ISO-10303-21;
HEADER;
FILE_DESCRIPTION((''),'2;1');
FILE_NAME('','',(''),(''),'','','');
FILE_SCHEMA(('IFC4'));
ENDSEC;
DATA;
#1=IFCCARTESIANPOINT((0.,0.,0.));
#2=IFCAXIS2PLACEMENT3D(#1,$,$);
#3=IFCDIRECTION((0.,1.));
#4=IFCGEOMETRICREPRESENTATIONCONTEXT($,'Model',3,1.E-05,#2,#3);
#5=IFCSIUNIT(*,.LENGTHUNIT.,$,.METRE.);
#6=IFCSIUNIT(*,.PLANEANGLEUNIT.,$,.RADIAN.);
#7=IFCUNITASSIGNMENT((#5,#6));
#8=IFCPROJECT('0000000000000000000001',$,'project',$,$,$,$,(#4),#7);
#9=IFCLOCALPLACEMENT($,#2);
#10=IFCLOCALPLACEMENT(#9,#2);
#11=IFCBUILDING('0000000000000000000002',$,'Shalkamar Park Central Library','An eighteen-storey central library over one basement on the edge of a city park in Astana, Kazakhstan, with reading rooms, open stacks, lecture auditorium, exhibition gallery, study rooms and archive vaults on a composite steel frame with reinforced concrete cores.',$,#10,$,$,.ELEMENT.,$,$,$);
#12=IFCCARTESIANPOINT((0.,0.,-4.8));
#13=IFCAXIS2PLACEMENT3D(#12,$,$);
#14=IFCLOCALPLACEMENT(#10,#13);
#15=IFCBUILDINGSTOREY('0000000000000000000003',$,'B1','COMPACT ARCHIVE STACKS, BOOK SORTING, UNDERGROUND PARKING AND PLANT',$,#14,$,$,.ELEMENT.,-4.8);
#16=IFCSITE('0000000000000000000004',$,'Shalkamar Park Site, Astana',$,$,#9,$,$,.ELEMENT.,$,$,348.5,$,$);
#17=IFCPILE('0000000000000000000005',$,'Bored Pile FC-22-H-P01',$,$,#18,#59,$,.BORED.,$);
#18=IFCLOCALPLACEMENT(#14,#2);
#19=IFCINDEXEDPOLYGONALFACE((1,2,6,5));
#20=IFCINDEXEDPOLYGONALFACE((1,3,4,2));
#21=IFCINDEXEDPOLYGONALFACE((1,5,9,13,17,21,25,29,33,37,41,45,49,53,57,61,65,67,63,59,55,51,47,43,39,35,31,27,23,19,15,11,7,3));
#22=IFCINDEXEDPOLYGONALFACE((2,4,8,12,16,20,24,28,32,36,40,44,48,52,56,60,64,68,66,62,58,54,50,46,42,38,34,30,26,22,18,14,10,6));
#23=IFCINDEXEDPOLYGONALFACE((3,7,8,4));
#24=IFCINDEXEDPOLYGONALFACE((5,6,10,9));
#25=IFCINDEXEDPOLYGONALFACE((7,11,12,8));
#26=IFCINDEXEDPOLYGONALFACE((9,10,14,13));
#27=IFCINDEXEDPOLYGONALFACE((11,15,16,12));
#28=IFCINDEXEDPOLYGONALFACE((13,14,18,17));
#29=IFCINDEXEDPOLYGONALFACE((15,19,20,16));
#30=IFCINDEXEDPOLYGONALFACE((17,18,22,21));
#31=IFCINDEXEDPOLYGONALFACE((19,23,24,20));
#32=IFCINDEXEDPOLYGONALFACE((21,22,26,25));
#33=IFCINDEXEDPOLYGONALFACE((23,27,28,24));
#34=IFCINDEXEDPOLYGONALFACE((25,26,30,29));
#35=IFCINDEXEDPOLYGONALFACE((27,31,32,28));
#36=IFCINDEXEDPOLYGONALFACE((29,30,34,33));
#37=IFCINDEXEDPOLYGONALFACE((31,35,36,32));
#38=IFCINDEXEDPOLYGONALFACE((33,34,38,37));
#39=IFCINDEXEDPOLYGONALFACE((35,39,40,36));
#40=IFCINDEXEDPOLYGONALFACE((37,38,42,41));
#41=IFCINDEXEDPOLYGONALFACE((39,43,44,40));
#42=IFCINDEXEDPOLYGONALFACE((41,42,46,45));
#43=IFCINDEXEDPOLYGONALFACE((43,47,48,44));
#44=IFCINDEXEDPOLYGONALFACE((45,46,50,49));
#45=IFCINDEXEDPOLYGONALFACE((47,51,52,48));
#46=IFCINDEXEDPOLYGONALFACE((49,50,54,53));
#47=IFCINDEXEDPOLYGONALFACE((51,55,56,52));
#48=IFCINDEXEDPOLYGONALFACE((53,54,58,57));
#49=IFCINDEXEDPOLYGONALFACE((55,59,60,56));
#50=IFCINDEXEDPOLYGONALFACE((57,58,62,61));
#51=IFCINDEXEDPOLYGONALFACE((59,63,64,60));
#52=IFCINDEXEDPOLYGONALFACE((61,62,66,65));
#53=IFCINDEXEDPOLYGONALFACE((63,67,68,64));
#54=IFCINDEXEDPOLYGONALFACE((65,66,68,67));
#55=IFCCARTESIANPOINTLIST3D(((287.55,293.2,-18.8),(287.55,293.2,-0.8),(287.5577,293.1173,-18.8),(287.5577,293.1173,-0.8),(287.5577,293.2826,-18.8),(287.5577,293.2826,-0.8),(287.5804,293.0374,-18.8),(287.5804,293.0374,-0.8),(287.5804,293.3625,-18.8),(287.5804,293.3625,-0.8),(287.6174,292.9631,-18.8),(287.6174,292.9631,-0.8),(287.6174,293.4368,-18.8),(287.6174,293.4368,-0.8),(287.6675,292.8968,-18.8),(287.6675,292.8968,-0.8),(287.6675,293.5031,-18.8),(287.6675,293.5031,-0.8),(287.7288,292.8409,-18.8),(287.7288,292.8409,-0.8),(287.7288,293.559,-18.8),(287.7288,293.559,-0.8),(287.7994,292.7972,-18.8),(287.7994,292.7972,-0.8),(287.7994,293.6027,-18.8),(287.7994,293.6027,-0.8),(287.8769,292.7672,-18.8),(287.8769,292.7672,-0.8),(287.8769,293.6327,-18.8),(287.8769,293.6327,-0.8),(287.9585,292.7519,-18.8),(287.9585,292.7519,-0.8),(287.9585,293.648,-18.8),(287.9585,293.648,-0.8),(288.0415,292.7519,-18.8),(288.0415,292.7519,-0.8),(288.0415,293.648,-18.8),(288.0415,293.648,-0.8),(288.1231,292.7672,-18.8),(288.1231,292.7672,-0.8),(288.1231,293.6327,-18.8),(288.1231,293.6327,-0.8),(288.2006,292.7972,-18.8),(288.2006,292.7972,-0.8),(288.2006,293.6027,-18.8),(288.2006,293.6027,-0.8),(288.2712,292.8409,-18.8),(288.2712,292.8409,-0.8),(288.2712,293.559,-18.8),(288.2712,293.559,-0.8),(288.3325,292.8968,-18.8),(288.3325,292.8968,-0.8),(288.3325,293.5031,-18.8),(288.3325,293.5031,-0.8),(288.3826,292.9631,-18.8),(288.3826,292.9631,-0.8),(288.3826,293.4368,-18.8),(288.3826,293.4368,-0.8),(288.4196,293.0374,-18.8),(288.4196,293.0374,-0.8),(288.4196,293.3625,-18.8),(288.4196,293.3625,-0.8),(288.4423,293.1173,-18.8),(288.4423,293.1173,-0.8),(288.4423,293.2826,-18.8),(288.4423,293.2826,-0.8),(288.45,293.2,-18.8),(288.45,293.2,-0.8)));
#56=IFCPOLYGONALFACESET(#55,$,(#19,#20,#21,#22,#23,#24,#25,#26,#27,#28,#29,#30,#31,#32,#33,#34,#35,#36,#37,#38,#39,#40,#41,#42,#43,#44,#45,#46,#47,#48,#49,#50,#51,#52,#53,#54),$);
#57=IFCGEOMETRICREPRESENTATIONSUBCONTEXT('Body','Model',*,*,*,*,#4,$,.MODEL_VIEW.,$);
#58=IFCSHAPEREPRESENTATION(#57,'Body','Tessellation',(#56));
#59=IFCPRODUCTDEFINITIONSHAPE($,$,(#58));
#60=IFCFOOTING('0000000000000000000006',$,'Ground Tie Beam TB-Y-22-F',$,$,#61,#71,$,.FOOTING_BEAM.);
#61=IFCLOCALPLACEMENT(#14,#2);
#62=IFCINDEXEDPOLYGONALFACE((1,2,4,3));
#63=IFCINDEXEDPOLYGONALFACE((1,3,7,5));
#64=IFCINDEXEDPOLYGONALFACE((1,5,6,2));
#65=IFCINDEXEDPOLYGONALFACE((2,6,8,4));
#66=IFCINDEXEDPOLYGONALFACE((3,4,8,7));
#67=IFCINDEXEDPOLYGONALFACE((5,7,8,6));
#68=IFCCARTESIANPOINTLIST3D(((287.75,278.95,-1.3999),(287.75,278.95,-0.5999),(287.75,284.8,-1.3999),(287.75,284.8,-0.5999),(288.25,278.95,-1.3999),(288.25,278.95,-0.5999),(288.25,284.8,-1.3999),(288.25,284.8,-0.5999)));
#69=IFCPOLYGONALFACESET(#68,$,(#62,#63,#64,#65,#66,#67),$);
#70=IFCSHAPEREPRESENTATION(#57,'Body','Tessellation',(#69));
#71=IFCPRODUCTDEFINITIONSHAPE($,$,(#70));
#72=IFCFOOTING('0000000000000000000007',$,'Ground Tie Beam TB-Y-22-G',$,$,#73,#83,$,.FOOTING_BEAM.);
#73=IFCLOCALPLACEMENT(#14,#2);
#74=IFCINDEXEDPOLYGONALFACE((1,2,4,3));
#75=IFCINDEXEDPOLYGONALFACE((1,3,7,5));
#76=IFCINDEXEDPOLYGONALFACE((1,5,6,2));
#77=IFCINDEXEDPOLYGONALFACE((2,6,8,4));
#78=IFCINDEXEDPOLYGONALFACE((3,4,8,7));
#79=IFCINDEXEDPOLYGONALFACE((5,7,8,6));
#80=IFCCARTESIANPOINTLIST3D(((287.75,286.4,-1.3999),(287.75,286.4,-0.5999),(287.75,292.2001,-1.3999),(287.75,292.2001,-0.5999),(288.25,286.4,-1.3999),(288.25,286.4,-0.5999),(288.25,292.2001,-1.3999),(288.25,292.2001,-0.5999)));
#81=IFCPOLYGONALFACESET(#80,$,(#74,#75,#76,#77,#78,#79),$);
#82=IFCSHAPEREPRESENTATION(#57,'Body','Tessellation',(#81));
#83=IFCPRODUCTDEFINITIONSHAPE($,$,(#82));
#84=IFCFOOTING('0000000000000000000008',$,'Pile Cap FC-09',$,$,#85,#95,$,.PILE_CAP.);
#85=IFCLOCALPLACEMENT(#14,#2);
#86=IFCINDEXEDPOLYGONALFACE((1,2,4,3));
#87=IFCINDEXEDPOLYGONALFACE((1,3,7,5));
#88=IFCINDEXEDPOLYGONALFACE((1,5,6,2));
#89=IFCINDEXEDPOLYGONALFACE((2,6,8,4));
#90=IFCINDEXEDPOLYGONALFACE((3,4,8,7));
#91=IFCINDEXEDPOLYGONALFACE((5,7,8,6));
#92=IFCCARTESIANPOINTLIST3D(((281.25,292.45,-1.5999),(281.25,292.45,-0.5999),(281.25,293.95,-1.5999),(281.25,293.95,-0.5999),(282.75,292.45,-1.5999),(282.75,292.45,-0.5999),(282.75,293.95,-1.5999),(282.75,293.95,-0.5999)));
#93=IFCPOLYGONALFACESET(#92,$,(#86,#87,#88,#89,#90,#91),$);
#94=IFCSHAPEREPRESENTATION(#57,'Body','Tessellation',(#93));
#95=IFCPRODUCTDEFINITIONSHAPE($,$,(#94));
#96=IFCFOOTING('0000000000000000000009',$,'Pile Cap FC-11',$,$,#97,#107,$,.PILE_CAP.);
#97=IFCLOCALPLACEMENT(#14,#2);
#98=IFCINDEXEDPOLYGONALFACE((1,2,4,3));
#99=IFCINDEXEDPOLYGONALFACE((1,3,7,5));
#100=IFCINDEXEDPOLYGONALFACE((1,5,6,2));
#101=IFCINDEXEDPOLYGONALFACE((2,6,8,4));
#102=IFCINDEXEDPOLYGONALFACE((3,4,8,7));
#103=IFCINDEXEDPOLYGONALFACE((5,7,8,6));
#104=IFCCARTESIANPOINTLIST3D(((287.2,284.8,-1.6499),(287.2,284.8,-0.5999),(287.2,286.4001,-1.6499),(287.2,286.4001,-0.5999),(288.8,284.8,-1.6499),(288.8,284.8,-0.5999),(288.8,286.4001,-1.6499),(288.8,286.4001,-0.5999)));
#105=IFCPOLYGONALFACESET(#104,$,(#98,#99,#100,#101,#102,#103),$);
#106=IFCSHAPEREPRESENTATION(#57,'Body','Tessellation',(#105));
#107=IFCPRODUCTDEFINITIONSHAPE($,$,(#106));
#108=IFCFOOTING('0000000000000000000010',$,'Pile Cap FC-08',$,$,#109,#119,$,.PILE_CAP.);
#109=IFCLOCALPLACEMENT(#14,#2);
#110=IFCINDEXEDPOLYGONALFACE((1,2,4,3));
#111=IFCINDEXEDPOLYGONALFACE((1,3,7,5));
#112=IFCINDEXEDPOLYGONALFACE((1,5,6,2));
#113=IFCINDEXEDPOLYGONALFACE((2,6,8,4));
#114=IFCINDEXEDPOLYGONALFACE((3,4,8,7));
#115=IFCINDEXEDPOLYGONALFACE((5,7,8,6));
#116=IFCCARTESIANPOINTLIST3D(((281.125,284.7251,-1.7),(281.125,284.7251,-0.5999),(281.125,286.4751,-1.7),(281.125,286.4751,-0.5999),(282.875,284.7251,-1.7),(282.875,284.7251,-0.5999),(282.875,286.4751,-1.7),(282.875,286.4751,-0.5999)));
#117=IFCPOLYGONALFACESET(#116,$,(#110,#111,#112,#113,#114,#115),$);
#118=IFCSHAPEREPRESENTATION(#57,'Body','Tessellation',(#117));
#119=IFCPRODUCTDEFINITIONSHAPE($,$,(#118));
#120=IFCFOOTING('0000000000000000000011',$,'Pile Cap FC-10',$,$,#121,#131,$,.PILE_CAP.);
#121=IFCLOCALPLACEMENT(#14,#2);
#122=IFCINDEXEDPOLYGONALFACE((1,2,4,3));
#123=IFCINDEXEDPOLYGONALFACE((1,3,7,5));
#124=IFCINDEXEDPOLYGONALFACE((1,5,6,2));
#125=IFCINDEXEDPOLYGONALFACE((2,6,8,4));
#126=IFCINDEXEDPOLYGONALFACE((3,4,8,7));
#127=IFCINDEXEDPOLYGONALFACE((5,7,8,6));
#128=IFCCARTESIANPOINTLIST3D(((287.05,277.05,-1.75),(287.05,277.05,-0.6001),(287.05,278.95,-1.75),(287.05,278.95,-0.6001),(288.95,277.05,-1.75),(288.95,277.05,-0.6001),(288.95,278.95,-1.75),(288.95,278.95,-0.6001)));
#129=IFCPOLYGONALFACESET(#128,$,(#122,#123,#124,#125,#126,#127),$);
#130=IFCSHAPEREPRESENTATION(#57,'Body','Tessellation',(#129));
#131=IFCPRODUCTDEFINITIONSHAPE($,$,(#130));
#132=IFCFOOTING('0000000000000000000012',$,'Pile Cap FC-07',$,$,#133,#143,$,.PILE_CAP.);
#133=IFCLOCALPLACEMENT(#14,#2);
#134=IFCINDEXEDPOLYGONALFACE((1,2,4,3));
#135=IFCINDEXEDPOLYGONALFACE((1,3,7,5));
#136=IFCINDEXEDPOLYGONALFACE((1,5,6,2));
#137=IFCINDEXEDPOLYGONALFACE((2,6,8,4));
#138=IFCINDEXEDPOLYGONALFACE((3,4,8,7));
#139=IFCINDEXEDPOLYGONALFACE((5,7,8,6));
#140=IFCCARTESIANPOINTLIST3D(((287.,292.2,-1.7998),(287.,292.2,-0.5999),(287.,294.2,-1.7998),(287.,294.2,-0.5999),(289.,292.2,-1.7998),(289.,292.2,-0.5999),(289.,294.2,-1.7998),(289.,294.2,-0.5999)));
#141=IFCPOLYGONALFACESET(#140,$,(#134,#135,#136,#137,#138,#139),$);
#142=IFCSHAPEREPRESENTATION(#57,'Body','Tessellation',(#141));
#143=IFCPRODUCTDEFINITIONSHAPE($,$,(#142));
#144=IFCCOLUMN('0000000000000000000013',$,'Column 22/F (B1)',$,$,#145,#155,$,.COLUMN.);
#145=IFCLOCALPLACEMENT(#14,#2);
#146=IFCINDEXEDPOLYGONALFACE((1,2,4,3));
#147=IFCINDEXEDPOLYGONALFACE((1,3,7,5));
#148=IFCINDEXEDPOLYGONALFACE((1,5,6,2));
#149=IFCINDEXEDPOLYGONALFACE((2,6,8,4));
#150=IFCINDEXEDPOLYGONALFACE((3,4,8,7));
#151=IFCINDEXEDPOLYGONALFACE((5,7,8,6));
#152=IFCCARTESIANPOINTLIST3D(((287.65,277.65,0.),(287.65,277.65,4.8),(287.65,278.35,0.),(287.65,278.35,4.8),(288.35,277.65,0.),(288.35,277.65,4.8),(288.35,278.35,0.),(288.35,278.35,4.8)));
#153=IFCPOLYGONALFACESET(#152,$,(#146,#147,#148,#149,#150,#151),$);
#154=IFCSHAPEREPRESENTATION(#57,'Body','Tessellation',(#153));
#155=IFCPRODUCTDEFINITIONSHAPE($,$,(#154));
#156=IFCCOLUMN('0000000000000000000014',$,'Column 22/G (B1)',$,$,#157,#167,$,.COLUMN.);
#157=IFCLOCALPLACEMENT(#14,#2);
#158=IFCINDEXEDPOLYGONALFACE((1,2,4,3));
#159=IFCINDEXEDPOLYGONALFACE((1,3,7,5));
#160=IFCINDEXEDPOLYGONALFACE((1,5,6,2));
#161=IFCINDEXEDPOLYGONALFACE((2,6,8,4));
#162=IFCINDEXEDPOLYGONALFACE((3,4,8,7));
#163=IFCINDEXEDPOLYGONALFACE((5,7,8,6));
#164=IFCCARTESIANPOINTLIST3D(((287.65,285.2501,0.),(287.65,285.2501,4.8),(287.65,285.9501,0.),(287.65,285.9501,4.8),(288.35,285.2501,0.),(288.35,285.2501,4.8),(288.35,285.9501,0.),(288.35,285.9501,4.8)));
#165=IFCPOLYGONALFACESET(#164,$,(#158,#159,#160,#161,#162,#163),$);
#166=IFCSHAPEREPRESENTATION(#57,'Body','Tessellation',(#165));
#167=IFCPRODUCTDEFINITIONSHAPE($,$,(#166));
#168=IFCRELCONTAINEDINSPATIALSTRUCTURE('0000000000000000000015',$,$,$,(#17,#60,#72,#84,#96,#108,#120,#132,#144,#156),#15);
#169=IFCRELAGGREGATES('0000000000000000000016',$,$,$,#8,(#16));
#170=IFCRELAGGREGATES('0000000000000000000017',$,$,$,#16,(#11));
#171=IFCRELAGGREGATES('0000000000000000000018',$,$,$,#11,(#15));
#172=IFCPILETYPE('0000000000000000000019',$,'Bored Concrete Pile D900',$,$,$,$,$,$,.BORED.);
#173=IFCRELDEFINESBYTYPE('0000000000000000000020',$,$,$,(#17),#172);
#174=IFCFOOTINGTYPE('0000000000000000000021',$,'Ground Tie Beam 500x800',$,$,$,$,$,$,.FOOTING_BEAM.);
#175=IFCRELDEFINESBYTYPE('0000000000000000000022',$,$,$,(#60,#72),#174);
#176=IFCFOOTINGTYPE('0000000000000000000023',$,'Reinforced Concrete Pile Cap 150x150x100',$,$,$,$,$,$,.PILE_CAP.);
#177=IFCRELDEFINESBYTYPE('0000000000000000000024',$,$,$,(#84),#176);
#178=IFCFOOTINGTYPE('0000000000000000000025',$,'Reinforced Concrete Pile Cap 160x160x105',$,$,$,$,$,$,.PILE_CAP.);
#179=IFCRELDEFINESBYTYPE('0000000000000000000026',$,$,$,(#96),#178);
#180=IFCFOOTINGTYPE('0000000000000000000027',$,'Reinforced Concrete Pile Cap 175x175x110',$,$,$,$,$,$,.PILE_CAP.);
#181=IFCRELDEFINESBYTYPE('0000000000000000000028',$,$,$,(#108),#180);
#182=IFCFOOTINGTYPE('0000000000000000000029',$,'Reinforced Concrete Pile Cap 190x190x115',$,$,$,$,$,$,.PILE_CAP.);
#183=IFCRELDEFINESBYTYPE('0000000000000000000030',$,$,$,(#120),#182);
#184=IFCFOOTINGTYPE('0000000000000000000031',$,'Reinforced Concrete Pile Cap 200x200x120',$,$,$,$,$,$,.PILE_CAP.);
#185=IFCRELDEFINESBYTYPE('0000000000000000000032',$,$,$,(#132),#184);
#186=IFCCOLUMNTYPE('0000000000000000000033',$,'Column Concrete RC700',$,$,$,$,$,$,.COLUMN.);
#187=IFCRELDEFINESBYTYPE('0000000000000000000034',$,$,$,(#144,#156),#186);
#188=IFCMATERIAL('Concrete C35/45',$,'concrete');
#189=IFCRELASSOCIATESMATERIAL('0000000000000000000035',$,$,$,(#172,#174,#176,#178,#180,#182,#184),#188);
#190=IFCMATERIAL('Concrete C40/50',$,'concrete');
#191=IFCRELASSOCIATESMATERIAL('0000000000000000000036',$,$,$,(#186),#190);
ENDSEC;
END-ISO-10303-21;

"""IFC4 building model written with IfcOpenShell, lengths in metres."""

from ifc_helpers import new_model, si_unit, direction, frame, origin, origin_2d, place, context, subcontext, project, spatial, rectangle, circle, extrude, material, material_profile, profile_set, type_object, element, save


model = new_model("IFC4")

# Units and contexts
model_context = context("Model", 3, precision=1e-05, world=origin(), true_north=direction((0.0, 1.0)))
body_context = subcontext(model_context, "Body", "Model", "MODEL_VIEW")
ifc_project = project(units=[si_unit("LENGTHUNIT", "METRE"), si_unit("PLANEANGLEUNIT", "RADIAN")], contexts=[model_context])

# Site, building, storey
site_placement = place(None, origin())
site = spatial("IfcSite", under=ifc_project, at=site_placement, Name="Shalkamar Park Site, Astana", CompositionType="ELEMENT", RefElevation=348.5)
building_placement = place(site_placement, origin())
building = spatial("IfcBuilding", under=site, at=building_placement, Name="Shalkamar Park Central Library", Description="An eighteen-storey central library over one basement on the edge of a city park in Astana, Kazakhstan, with reading rooms, open stacks, lecture auditorium, exhibition gallery, study rooms and archive vaults on a composite steel frame with reinforced concrete cores.", CompositionType="ELEMENT")
storey_placement = place(building_placement, frame((0.0, 0.0, -4.8)))
storey = spatial("IfcBuildingStorey", under=building, at=storey_placement, Name="B1", Description="COMPACT ARCHIVE STACKS, BOOK SORTING, UNDERGROUND PARKING AND PLANT", CompositionType="ELEMENT", Elevation=-4.8)

# Pile
ifc_material_1 = material(Name="Concrete C35/45", Category="concrete")
ifc_material_profile_1 = material_profile(ifc_material_1, circle(Radius=0.45, at=origin_2d()), Name="PILE D900")
ifc_profile_set_1 = profile_set([ifc_material_profile_1], Name="Concrete C35/45")
pile_type_1 = type_object("IfcPileType", Name="Bored Concrete Pile D900", PredefinedType="BORED", material=ifc_profile_set_1)
pile_placement = place(storey_placement, frame((288.0, 293.2, -0.8), z_axis=(0.0, 0.0, -1.0), x_axis=(1.0, 0.0, 0.0)))
element("IfcPile", 1, at=pile_placement, inside=storey, type_object=pile_type_1, Name="Bored Pile FC-22-H-P01", PredefinedType="BORED", context=body_context, shape_type="SweptSolid", body=[
    extrude(circle(Radius=0.45, at=origin_2d()), origin(), (0.0, 0.0, 1.0), 18.0),
])

# Footings
footing_type_1 = type_object("IfcFootingType", Name="Ground Tie Beam 500x800", PredefinedType="FOOTING_BEAM", material=ifc_material_1)
footing_1_placement = place(storey_placement, frame((288.0, 281.875, -1.3999), z_axis=(0.0, 0.0, 1.0), x_axis=(0.0, 1.0, 0.0)))
element("IfcFooting", 2, at=footing_1_placement, inside=storey, type_object=footing_type_1, Name="Ground Tie Beam TB-Y-22-F", PredefinedType="FOOTING_BEAM", context=body_context, shape_type="SweptSolid", body=[
    extrude(rectangle(XDim=5.8501, YDim=0.5, at=origin_2d()), origin(), (0.0, 0.0, 1.0), 0.8),
])
footing_2_placement = place(storey_placement, frame((288.0, 289.3, -1.3999), z_axis=(0.0, 0.0, 1.0), x_axis=(0.0, 1.0, 0.0)))
element("IfcFooting", 3, at=footing_2_placement, inside=storey, type_object=footing_type_1, Name="Ground Tie Beam TB-Y-22-G", PredefinedType="FOOTING_BEAM", context=body_context, shape_type="SweptSolid", body=[
    extrude(rectangle(XDim=5.8, YDim=0.5, at=origin_2d()), origin(), (0.0, 0.0, 1.0), 0.8),
])
footing_type_2 = type_object("IfcFootingType", Name="Reinforced Concrete Pile Cap 150x150x100", PredefinedType="PILE_CAP", material=ifc_material_1)
footing_3_placement = place(storey_placement, frame((282.0, 293.2, -1.5999), z_axis=(0.0, 0.0, 1.0), x_axis=(1.0, 0.0, 0.0)))
element("IfcFooting", 4, at=footing_3_placement, inside=storey, type_object=footing_type_2, Name="Pile Cap FC-09", PredefinedType="PILE_CAP", context=body_context, shape_type="SweptSolid", body=[
    extrude(rectangle(XDim=1.5, YDim=1.5, at=origin_2d()), origin(), (0.0, 0.0, 1.0), 1.0),
])
footing_type_3 = type_object("IfcFootingType", Name="Reinforced Concrete Pile Cap 160x160x105", PredefinedType="PILE_CAP", material=ifc_material_1)
footing_4_placement = place(storey_placement, frame((288.0, 285.6001, -1.6499), z_axis=(0.0, 0.0, 1.0), x_axis=(1.0, 0.0, 0.0)))
element("IfcFooting", 5, at=footing_4_placement, inside=storey, type_object=footing_type_3, Name="Pile Cap FC-11", PredefinedType="PILE_CAP", context=body_context, shape_type="SweptSolid", body=[
    extrude(rectangle(XDim=1.6001, YDim=1.6001, at=origin_2d()), origin(), (0.0, 0.0, 1.0), 1.05),
])
footing_type_4 = type_object("IfcFootingType", Name="Reinforced Concrete Pile Cap 175x175x110", PredefinedType="PILE_CAP", material=ifc_material_1)
footing_5_placement = place(storey_placement, frame((282.0, 285.6001, -1.7), z_axis=(0.0, 0.0, 1.0), x_axis=(1.0, 0.0, 0.0)))
element("IfcFooting", 6, at=footing_5_placement, inside=storey, type_object=footing_type_4, Name="Pile Cap FC-08", PredefinedType="PILE_CAP", context=body_context, shape_type="SweptSolid", body=[
    extrude(rectangle(XDim=1.75, YDim=1.75, at=origin_2d()), origin(), (0.0, 0.0, 1.0), 1.1001),
])
footing_type_5 = type_object("IfcFootingType", Name="Reinforced Concrete Pile Cap 190x190x115", PredefinedType="PILE_CAP", material=ifc_material_1)
footing_6_placement = place(storey_placement, frame((288.0, 278.0, -1.75), z_axis=(0.0, 0.0, 1.0), x_axis=(1.0, 0.0, 0.0)))
element("IfcFooting", 7, at=footing_6_placement, inside=storey, type_object=footing_type_5, Name="Pile Cap FC-10", PredefinedType="PILE_CAP", context=body_context, shape_type="SweptSolid", body=[
    extrude(rectangle(XDim=1.8999, YDim=1.8999, at=origin_2d()), origin(), (0.0, 0.0, 1.0), 1.1499),
])
footing_type_6 = type_object("IfcFootingType", Name="Reinforced Concrete Pile Cap 200x200x120", PredefinedType="PILE_CAP", material=ifc_material_1)
footing_7_placement = place(storey_placement, frame((288.0, 293.2, -1.7998), z_axis=(0.0, 0.0, 1.0), x_axis=(1.0, 0.0, 0.0)))
element("IfcFooting", 8, at=footing_7_placement, inside=storey, type_object=footing_type_6, Name="Pile Cap FC-07", PredefinedType="PILE_CAP", context=body_context, shape_type="SweptSolid", body=[
    extrude(rectangle(XDim=2.0, YDim=2.0, at=origin_2d()), origin(), (0.0, 0.0, 1.0), 1.2),
])

# Columns
ifc_material_2 = material(Name="Concrete C40/50", Category="concrete")
ifc_material_profile_2 = material_profile(ifc_material_2, rectangle(XDim=0.7, YDim=0.7, at=origin_2d()), Name="RC 700x700")
ifc_profile_set_2 = profile_set([ifc_material_profile_2], Name="Concrete C40/50")
column_type_1 = type_object("IfcColumnType", Name="Column Concrete RC700", PredefinedType="COLUMN", material=ifc_profile_set_2)
for number, where, z_axis, x_axis, name in (
    (9, (288.0, 278.0, 0.0), (0.0, 0.0, 1.0), (1.0, 0.0, 0.0), "Column 22/F (B1)"),
    (10, (288.0, 285.6001, 0.0), (0.0, 0.0, 1.0), (1.0, 0.0, 0.0), "Column 22/G (B1)"),
):
    element("IfcColumn", number, at=place(storey_placement, frame(where, z_axis=z_axis, x_axis=x_axis)), inside=storey, type_object=column_type_1, Name=name, PredefinedType="COLUMN", context=body_context, shape_type="SweptSolid", body=[
        extrude(rectangle(XDim=0.7, YDim=0.7, at=origin_2d()), origin(), (0.0, 0.0, 1.0), 4.8),
    ])

save(model, "model.ifc")
